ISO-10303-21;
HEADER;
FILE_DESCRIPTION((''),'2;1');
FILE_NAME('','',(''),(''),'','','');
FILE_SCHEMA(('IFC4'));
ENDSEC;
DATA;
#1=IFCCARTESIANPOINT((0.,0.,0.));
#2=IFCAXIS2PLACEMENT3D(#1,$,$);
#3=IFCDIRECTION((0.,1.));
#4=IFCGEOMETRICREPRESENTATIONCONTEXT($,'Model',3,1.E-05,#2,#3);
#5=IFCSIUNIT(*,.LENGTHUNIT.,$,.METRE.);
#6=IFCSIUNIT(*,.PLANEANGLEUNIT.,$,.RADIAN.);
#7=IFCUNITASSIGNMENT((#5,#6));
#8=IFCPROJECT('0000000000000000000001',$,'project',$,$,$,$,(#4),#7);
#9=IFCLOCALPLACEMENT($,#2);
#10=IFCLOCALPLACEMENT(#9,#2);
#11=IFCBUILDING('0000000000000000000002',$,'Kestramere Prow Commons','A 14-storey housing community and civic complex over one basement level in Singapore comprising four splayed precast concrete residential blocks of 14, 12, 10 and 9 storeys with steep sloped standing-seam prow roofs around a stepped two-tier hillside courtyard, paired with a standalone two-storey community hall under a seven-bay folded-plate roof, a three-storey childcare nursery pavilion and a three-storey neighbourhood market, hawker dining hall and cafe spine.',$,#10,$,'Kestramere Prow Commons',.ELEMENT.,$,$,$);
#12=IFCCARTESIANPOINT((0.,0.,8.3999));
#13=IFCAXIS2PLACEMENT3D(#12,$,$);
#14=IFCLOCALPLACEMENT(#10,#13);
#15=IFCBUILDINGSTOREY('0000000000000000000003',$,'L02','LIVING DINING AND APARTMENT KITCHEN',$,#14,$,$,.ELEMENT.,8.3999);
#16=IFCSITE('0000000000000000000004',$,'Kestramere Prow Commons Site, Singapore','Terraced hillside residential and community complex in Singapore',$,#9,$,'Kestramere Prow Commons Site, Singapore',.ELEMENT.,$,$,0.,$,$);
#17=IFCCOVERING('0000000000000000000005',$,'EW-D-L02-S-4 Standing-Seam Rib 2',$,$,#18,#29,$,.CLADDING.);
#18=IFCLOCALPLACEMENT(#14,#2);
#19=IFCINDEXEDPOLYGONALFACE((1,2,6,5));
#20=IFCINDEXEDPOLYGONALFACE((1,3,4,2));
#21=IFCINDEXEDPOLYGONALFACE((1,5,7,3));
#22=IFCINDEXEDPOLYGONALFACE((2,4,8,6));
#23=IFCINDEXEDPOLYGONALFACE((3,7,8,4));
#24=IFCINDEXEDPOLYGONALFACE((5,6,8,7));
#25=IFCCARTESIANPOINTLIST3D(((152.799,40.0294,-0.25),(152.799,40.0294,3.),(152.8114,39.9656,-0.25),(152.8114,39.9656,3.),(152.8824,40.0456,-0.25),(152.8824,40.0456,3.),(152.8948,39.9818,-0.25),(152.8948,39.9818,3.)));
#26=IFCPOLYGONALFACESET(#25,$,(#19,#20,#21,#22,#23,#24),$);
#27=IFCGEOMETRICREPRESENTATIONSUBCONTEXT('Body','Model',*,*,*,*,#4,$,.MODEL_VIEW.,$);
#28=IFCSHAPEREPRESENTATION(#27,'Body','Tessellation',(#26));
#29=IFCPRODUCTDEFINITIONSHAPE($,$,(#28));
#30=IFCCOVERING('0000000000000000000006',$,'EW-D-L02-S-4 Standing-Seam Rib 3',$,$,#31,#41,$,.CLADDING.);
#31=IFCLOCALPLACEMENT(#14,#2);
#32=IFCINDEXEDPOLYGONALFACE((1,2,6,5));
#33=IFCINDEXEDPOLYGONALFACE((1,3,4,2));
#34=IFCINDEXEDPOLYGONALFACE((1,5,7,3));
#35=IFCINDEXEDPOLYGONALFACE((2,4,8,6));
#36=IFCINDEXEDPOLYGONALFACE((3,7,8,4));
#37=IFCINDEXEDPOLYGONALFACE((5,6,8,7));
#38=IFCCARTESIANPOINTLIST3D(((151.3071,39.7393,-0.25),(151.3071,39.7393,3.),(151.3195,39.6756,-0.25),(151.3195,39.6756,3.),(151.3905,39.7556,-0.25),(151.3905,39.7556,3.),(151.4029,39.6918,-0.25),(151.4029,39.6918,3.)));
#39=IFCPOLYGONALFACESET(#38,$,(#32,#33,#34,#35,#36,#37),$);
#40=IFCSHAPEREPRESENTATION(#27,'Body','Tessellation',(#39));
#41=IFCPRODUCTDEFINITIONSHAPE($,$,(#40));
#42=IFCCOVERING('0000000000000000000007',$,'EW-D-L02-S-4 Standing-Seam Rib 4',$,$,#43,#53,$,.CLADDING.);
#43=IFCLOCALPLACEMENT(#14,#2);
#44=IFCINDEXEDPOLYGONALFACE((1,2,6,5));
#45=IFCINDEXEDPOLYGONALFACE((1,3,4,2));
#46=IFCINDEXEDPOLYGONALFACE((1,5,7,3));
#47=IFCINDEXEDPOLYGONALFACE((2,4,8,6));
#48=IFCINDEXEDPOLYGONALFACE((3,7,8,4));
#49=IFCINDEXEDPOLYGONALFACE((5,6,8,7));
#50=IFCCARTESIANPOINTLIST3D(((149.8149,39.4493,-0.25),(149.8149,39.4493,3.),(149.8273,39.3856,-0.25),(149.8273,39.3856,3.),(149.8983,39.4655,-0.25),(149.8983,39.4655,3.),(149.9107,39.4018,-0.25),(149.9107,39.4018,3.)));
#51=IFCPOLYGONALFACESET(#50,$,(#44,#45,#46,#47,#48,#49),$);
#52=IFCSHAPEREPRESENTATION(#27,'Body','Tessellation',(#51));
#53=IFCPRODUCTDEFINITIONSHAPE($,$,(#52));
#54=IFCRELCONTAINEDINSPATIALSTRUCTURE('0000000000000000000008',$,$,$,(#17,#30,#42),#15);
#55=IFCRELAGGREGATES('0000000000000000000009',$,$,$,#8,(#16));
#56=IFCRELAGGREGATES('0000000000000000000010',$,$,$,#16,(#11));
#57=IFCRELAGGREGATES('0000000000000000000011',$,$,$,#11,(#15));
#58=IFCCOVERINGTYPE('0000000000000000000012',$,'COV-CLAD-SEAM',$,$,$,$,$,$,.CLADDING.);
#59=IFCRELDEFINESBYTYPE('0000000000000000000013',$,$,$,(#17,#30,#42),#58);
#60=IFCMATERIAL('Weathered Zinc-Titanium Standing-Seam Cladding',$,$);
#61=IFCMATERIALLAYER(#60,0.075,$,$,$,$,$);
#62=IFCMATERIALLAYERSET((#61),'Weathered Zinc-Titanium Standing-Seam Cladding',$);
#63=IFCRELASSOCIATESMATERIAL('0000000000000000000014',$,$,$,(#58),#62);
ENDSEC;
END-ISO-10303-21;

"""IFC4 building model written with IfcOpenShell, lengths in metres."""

from ifc_helpers import new_model, si_unit, direction, frame, origin, origin_2d, place, context, subcontext, project, spatial, rectangle, extrude, material, layer, layer_set, type_object, element, save


model = new_model("IFC4")

# Units and contexts
model_context = context("Model", 3, precision=1e-05, world=origin(), true_north=direction((0.0, 1.0)))
body_context = subcontext(model_context, "Body", "Model", "MODEL_VIEW")
ifc_project = project(units=[si_unit("LENGTHUNIT", "METRE"), si_unit("PLANEANGLEUNIT", "RADIAN")], contexts=[model_context])

# Site, building, storey
site_placement = place(None, origin())
site = spatial("IfcSite", under=ifc_project, at=site_placement, Name="Kestramere Prow Commons Site, Singapore", Description="Terraced hillside residential and community complex in Singapore", LongName="Kestramere Prow Commons Site, Singapore", CompositionType="ELEMENT", RefElevation=0.0)
building_placement = place(site_placement, origin())
building = spatial("IfcBuilding", under=site, at=building_placement, Name="Kestramere Prow Commons", Description="A 14-storey housing community and civic complex over one basement level in Singapore comprising four splayed precast concrete residential blocks of 14, 12, 10 and 9 storeys with steep sloped standing-seam prow roofs around a stepped two-tier hillside courtyard, paired with a standalone two-storey community hall under a seven-bay folded-plate roof, a three-storey childcare nursery pavilion and a three-storey neighbourhood market, hawker dining hall and cafe spine.", LongName="Kestramere Prow Commons", CompositionType="ELEMENT")
storey_placement = place(building_placement, frame((0.0, 0.0, 8.3999)))
storey = spatial("IfcBuildingStorey", under=building, at=storey_placement, Name="L02", Description="LIVING DINING AND APARTMENT KITCHEN", CompositionType="ELEMENT", Elevation=8.3999)

# Coverings
ifc_material_1 = material(Name="Weathered Zinc-Titanium Standing-Seam Cladding")
ifc_layer_1 = layer(ifc_material_1, 0.075)
ifc_layer_set_1 = layer_set([ifc_layer_1], Name="Weathered Zinc-Titanium Standing-Seam Cladding")
covering_type = type_object("IfcCoveringType", Name="COV-CLAD-SEAM", PredefinedType="CLADDING", material=ifc_layer_set_1)
for number, where, z_axis, x_axis, name in (
    (1, (152.8469, 40.0056, -0.25), (0.0, 0.0, 1.0), (-0.981627, -0.190809, 0.0), "EW-D-L02-S-4 Standing-Seam Rib 2"),
    (2, (151.355, 39.7156, -0.25), (0.0, 0.0, 1.0), (-0.981627, -0.190809, 0.0), "EW-D-L02-S-4 Standing-Seam Rib 3"),
    (3, (149.8628, 39.4255, -0.25), (0.0, 0.0, 1.0), (-0.981627, -0.190809, 0.0), "EW-D-L02-S-4 Standing-Seam Rib 4"),
):
    element("IfcCovering", number, at=place(storey_placement, frame(where, z_axis=z_axis, x_axis=x_axis)), inside=storey, type_object=covering_type, Name=name, PredefinedType="CLADDING", context=body_context, shape_type="SweptSolid", body=[
        extrude(rectangle(XDim=0.085, YDim=0.0649, at=origin_2d()), origin(), (0.0, 0.0, 1.0), 3.25),
    ])

save(model, "model.ifc")
